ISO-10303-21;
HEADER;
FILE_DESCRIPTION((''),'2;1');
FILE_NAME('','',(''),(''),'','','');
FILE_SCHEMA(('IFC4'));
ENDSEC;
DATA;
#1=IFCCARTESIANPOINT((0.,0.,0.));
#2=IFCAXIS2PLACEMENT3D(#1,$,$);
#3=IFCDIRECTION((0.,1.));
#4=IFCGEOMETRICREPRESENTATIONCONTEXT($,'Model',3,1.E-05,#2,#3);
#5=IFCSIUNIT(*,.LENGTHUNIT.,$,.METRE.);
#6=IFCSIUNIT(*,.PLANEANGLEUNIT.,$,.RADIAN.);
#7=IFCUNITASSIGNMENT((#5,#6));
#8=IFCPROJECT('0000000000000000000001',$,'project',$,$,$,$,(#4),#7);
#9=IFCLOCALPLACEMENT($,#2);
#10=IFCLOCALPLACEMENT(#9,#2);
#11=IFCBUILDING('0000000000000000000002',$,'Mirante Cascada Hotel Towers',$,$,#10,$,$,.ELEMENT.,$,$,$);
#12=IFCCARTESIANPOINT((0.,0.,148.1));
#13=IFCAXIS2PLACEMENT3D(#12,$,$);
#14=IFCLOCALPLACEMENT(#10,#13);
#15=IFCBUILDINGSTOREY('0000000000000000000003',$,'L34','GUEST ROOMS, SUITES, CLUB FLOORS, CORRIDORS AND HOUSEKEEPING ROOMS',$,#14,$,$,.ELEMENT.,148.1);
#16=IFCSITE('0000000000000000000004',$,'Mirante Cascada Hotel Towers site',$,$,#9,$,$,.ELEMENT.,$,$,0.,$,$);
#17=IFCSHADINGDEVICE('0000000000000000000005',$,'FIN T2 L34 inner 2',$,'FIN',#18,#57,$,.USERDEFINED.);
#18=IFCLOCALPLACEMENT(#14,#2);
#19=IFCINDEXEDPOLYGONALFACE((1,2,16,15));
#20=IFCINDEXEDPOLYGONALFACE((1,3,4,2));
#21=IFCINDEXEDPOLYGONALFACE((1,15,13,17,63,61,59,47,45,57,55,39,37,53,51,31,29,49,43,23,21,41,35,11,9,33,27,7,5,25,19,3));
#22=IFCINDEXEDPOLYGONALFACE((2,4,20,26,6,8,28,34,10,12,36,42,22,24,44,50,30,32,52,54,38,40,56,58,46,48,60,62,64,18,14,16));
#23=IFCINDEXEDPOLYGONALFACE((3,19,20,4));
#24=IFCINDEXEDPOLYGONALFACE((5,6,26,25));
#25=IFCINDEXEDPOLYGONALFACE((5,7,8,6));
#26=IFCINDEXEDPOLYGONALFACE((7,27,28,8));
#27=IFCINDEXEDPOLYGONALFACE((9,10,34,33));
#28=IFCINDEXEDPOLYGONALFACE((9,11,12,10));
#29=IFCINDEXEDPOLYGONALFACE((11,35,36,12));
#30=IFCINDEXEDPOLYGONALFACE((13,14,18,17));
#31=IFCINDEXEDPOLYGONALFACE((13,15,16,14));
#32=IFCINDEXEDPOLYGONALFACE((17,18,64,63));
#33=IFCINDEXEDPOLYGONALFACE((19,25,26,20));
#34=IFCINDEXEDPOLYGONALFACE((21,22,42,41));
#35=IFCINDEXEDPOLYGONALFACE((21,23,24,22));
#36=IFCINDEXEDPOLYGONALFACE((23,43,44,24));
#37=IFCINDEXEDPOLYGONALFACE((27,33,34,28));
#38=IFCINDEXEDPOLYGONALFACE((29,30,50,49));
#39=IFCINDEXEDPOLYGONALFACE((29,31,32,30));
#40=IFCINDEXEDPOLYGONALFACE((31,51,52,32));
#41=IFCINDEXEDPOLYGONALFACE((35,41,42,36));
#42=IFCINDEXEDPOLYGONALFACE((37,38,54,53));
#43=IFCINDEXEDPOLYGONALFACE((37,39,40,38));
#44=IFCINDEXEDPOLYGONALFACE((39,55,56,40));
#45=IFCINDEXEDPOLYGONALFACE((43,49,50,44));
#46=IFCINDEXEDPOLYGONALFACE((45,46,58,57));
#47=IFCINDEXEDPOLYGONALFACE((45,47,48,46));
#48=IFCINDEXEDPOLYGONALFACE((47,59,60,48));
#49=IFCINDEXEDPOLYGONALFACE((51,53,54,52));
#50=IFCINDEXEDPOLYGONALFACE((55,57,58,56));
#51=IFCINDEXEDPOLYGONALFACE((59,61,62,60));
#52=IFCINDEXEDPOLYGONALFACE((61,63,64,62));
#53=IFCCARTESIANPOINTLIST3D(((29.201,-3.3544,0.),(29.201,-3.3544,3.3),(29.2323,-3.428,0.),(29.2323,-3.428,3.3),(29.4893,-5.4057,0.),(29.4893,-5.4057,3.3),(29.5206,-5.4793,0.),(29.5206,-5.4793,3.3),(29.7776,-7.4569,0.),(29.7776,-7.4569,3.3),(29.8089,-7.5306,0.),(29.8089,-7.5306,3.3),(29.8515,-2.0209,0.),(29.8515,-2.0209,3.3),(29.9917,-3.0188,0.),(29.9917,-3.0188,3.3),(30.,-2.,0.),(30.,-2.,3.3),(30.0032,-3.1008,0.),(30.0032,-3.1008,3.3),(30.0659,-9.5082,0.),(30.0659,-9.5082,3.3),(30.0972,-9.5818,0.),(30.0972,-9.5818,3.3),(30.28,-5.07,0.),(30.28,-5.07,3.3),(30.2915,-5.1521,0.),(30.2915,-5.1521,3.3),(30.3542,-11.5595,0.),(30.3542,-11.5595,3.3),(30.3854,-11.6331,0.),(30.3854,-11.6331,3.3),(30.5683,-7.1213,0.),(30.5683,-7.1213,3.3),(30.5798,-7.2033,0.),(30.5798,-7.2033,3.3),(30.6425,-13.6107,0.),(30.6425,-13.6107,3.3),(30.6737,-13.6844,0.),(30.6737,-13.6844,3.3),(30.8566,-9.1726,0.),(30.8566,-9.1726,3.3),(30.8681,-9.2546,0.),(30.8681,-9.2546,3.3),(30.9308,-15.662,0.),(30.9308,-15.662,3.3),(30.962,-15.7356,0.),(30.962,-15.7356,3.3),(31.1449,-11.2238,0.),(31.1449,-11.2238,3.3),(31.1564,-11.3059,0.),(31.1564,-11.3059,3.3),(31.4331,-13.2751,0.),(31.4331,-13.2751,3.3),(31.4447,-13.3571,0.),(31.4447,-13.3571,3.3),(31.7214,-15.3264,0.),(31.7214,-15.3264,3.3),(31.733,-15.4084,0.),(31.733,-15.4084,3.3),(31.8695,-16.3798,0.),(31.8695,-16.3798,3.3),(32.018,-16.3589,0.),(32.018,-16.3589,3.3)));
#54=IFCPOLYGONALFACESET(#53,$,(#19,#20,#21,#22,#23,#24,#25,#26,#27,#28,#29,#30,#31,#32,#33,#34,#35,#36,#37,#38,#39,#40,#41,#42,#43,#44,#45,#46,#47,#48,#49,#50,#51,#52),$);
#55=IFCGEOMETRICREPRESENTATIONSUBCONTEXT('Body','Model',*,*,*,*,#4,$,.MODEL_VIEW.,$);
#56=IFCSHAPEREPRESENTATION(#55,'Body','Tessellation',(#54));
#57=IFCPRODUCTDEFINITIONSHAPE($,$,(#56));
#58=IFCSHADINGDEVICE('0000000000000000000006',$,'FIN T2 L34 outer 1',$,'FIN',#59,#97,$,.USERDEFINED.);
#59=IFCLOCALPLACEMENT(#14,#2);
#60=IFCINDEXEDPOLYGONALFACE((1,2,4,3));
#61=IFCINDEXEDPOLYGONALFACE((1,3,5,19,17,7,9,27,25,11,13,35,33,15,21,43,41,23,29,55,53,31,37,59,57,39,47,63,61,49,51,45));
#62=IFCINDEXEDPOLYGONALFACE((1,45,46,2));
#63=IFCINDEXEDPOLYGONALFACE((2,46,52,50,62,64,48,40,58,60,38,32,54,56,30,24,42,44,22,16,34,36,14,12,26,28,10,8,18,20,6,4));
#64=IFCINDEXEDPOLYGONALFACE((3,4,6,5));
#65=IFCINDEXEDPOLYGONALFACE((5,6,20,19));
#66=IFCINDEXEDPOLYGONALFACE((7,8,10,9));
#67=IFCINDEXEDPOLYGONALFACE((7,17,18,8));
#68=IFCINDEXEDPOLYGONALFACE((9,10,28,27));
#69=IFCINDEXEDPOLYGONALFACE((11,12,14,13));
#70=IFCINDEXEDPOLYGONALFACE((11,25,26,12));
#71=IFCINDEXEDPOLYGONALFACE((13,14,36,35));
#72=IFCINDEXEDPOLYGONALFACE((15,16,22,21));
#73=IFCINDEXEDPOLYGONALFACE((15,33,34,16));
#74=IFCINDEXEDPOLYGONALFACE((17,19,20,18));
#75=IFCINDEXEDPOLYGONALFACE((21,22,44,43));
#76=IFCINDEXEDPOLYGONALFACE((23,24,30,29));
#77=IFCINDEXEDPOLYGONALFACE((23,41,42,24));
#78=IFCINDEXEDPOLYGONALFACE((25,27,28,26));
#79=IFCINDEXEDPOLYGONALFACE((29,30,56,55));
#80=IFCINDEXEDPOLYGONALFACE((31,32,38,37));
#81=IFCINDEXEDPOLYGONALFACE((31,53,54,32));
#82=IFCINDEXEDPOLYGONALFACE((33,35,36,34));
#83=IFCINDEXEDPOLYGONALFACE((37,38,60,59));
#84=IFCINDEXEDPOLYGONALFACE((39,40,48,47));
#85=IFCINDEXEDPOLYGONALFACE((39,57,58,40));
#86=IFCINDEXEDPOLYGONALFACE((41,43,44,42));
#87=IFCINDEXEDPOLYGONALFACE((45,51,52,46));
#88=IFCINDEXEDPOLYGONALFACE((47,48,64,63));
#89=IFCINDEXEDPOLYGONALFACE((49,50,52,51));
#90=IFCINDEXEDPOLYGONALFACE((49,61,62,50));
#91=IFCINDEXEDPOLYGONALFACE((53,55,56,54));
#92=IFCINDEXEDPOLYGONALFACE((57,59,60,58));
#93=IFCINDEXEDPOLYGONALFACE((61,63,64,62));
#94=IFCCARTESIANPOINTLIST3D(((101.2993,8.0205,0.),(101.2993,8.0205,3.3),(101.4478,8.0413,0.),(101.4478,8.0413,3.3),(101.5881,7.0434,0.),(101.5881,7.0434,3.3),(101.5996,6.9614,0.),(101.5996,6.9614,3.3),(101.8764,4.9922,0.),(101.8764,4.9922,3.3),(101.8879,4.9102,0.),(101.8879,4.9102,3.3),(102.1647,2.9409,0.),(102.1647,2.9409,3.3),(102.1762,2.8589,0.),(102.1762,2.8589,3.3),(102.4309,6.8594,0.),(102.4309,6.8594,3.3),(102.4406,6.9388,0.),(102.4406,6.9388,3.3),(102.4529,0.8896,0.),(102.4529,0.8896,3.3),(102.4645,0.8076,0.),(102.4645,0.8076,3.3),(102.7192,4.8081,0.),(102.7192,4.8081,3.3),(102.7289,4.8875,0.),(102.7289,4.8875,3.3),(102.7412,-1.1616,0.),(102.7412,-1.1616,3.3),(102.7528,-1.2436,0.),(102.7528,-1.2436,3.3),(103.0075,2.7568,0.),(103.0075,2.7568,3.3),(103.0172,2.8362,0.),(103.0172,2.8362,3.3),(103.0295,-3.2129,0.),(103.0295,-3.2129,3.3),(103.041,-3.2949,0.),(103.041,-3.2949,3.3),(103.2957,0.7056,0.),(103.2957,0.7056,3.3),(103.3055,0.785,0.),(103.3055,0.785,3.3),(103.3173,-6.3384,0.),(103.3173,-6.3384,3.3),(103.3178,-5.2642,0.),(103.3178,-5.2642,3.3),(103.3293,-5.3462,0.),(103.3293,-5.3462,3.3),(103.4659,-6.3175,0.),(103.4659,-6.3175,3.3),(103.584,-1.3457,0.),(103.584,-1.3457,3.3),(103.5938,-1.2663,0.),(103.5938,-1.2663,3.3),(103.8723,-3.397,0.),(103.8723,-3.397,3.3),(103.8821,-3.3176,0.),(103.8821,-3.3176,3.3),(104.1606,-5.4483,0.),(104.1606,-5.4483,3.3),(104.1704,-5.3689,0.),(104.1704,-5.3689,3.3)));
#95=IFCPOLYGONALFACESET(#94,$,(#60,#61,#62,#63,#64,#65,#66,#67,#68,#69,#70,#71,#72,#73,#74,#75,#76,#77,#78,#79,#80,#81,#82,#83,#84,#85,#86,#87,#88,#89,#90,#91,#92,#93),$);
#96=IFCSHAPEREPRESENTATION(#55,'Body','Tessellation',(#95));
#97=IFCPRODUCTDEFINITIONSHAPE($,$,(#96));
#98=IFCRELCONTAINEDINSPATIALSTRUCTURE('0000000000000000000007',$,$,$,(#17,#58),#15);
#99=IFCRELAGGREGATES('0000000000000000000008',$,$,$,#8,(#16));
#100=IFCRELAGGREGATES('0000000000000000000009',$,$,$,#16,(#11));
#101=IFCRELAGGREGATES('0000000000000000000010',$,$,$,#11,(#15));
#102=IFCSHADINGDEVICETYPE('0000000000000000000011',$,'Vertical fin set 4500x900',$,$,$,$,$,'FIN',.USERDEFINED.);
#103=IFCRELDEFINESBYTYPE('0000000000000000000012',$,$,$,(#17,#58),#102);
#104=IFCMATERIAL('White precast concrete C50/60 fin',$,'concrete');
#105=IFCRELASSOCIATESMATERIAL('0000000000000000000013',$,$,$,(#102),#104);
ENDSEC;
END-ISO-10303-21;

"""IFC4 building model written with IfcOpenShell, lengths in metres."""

from ifc_helpers import new_model, si_unit, direction, frame, origin, place, context, subcontext, project, spatial, polyline, outline, extrude, material, type_object, element, save


model = new_model("IFC4")

# Units and contexts
model_context = context("Model", 3, precision=1e-05, world=origin(), true_north=direction((0.0, 1.0)))
body_context = subcontext(model_context, "Body", "Model", "MODEL_VIEW")
ifc_project = project(units=[si_unit("LENGTHUNIT", "METRE"), si_unit("PLANEANGLEUNIT", "RADIAN")], contexts=[model_context])

# Site, building, storey
site_placement = place(None, origin())
site = spatial("IfcSite", under=ifc_project, at=site_placement, Name="Mirante Cascada Hotel Towers site", CompositionType="ELEMENT", RefElevation=0.0)
building_placement = place(site_placement, origin())
building = spatial("IfcBuilding", under=site, at=building_placement, Name="Mirante Cascada Hotel Towers", CompositionType="ELEMENT")
storey_placement = place(building_placement, frame((0.0, 0.0, 148.1)))
storey = spatial("IfcBuildingStorey", under=building, at=storey_placement, Name="L34", Description="GUEST ROOMS, SUITES, CLUB FLOORS, CORRIDORS AND HOUSEKEEPING ROOMS", CompositionType="ELEMENT", Elevation=148.1)

# Shading devices
ifc_material_1 = material(Name="White precast concrete C50/60 fin", Category="concrete")
shading_device_type = type_object("IfcShadingDeviceType", Name="Vertical fin set 4500x900", ElementType="FIN", PredefinedType="USERDEFINED", material=ifc_material_1)
shading_device_1_placement = place(storey_placement, origin())
element("IfcShadingDevice", 1, at=shading_device_1_placement, inside=storey, type_object=shading_device_type, Name="FIN T2 L34 inner 2", ObjectType="FIN", PredefinedType="USERDEFINED", context=body_context, shape_type="SweptSolid", body=[
    extrude(outline(polyline([(30.9308, -15.662), (31.7214, -15.3264), (31.4447, -13.3571), (30.6737, -13.6844), (30.6425, -13.6107), (31.4331, -13.2751), (31.1564, -11.3059), (30.3854, -11.6331), (30.3542, -11.5595), (31.1449, -11.2238), (30.8681, -9.2546), (30.0972, -9.5818), (30.0659, -9.5082), (30.8566, -9.1726), (30.5798, -7.2033), (29.8089, -7.5306), (29.7776, -7.4569), (30.5683, -7.1213), (30.2915, -5.1521), (29.5206, -5.4793), (29.4893, -5.4057), (30.28, -5.07), (30.0032, -3.1008), (29.2323, -3.428), (29.201, -3.3544), (29.9917, -3.0188), (29.8515, -2.0209), (30.0, -2.0), (32.018, -16.3589), (31.8695, -16.3798), (31.733, -15.4084), (30.962, -15.7356), (30.9308, -15.662)])), origin(), (0.0, 0.0, 1.0), 3.3),
])
shading_device_2_placement = place(storey_placement, origin())
element("IfcShadingDevice", 2, at=shading_device_2_placement, inside=storey, type_object=shading_device_type, Name="FIN T2 L34 outer 1", ObjectType="FIN", PredefinedType="USERDEFINED", context=body_context, shape_type="SweptSolid", body=[
    extrude(outline(polyline([(104.1606, -5.4483), (103.3293, -5.3462), (103.4659, -6.3175), (103.3173, -6.3384), (101.2993, 8.0205), (101.4478, 8.0413), (101.5881, 7.0434), (102.4406, 6.9388), (102.4309, 6.8594), (101.5996, 6.9614), (101.8764, 4.9922), (102.7289, 4.8875), (102.7192, 4.8081), (101.8879, 4.9102), (102.1647, 2.9409), (103.0172, 2.8362), (103.0075, 2.7568), (102.1762, 2.8589), (102.4529, 0.8896), (103.3055, 0.785), (103.2957, 0.7056), (102.4645, 0.8076), (102.7412, -1.1616), (103.5938, -1.2663), (103.584, -1.3457), (102.7528, -1.2436), (103.0295, -3.2129), (103.8821, -3.3176), (103.8723, -3.397), (103.041, -3.2949), (103.3178, -5.2642), (104.1704, -5.3689), (104.1606, -5.4483)])), origin(), (0.0, 0.0, 1.0), 3.3),
])

save(model, "model.ifc")
